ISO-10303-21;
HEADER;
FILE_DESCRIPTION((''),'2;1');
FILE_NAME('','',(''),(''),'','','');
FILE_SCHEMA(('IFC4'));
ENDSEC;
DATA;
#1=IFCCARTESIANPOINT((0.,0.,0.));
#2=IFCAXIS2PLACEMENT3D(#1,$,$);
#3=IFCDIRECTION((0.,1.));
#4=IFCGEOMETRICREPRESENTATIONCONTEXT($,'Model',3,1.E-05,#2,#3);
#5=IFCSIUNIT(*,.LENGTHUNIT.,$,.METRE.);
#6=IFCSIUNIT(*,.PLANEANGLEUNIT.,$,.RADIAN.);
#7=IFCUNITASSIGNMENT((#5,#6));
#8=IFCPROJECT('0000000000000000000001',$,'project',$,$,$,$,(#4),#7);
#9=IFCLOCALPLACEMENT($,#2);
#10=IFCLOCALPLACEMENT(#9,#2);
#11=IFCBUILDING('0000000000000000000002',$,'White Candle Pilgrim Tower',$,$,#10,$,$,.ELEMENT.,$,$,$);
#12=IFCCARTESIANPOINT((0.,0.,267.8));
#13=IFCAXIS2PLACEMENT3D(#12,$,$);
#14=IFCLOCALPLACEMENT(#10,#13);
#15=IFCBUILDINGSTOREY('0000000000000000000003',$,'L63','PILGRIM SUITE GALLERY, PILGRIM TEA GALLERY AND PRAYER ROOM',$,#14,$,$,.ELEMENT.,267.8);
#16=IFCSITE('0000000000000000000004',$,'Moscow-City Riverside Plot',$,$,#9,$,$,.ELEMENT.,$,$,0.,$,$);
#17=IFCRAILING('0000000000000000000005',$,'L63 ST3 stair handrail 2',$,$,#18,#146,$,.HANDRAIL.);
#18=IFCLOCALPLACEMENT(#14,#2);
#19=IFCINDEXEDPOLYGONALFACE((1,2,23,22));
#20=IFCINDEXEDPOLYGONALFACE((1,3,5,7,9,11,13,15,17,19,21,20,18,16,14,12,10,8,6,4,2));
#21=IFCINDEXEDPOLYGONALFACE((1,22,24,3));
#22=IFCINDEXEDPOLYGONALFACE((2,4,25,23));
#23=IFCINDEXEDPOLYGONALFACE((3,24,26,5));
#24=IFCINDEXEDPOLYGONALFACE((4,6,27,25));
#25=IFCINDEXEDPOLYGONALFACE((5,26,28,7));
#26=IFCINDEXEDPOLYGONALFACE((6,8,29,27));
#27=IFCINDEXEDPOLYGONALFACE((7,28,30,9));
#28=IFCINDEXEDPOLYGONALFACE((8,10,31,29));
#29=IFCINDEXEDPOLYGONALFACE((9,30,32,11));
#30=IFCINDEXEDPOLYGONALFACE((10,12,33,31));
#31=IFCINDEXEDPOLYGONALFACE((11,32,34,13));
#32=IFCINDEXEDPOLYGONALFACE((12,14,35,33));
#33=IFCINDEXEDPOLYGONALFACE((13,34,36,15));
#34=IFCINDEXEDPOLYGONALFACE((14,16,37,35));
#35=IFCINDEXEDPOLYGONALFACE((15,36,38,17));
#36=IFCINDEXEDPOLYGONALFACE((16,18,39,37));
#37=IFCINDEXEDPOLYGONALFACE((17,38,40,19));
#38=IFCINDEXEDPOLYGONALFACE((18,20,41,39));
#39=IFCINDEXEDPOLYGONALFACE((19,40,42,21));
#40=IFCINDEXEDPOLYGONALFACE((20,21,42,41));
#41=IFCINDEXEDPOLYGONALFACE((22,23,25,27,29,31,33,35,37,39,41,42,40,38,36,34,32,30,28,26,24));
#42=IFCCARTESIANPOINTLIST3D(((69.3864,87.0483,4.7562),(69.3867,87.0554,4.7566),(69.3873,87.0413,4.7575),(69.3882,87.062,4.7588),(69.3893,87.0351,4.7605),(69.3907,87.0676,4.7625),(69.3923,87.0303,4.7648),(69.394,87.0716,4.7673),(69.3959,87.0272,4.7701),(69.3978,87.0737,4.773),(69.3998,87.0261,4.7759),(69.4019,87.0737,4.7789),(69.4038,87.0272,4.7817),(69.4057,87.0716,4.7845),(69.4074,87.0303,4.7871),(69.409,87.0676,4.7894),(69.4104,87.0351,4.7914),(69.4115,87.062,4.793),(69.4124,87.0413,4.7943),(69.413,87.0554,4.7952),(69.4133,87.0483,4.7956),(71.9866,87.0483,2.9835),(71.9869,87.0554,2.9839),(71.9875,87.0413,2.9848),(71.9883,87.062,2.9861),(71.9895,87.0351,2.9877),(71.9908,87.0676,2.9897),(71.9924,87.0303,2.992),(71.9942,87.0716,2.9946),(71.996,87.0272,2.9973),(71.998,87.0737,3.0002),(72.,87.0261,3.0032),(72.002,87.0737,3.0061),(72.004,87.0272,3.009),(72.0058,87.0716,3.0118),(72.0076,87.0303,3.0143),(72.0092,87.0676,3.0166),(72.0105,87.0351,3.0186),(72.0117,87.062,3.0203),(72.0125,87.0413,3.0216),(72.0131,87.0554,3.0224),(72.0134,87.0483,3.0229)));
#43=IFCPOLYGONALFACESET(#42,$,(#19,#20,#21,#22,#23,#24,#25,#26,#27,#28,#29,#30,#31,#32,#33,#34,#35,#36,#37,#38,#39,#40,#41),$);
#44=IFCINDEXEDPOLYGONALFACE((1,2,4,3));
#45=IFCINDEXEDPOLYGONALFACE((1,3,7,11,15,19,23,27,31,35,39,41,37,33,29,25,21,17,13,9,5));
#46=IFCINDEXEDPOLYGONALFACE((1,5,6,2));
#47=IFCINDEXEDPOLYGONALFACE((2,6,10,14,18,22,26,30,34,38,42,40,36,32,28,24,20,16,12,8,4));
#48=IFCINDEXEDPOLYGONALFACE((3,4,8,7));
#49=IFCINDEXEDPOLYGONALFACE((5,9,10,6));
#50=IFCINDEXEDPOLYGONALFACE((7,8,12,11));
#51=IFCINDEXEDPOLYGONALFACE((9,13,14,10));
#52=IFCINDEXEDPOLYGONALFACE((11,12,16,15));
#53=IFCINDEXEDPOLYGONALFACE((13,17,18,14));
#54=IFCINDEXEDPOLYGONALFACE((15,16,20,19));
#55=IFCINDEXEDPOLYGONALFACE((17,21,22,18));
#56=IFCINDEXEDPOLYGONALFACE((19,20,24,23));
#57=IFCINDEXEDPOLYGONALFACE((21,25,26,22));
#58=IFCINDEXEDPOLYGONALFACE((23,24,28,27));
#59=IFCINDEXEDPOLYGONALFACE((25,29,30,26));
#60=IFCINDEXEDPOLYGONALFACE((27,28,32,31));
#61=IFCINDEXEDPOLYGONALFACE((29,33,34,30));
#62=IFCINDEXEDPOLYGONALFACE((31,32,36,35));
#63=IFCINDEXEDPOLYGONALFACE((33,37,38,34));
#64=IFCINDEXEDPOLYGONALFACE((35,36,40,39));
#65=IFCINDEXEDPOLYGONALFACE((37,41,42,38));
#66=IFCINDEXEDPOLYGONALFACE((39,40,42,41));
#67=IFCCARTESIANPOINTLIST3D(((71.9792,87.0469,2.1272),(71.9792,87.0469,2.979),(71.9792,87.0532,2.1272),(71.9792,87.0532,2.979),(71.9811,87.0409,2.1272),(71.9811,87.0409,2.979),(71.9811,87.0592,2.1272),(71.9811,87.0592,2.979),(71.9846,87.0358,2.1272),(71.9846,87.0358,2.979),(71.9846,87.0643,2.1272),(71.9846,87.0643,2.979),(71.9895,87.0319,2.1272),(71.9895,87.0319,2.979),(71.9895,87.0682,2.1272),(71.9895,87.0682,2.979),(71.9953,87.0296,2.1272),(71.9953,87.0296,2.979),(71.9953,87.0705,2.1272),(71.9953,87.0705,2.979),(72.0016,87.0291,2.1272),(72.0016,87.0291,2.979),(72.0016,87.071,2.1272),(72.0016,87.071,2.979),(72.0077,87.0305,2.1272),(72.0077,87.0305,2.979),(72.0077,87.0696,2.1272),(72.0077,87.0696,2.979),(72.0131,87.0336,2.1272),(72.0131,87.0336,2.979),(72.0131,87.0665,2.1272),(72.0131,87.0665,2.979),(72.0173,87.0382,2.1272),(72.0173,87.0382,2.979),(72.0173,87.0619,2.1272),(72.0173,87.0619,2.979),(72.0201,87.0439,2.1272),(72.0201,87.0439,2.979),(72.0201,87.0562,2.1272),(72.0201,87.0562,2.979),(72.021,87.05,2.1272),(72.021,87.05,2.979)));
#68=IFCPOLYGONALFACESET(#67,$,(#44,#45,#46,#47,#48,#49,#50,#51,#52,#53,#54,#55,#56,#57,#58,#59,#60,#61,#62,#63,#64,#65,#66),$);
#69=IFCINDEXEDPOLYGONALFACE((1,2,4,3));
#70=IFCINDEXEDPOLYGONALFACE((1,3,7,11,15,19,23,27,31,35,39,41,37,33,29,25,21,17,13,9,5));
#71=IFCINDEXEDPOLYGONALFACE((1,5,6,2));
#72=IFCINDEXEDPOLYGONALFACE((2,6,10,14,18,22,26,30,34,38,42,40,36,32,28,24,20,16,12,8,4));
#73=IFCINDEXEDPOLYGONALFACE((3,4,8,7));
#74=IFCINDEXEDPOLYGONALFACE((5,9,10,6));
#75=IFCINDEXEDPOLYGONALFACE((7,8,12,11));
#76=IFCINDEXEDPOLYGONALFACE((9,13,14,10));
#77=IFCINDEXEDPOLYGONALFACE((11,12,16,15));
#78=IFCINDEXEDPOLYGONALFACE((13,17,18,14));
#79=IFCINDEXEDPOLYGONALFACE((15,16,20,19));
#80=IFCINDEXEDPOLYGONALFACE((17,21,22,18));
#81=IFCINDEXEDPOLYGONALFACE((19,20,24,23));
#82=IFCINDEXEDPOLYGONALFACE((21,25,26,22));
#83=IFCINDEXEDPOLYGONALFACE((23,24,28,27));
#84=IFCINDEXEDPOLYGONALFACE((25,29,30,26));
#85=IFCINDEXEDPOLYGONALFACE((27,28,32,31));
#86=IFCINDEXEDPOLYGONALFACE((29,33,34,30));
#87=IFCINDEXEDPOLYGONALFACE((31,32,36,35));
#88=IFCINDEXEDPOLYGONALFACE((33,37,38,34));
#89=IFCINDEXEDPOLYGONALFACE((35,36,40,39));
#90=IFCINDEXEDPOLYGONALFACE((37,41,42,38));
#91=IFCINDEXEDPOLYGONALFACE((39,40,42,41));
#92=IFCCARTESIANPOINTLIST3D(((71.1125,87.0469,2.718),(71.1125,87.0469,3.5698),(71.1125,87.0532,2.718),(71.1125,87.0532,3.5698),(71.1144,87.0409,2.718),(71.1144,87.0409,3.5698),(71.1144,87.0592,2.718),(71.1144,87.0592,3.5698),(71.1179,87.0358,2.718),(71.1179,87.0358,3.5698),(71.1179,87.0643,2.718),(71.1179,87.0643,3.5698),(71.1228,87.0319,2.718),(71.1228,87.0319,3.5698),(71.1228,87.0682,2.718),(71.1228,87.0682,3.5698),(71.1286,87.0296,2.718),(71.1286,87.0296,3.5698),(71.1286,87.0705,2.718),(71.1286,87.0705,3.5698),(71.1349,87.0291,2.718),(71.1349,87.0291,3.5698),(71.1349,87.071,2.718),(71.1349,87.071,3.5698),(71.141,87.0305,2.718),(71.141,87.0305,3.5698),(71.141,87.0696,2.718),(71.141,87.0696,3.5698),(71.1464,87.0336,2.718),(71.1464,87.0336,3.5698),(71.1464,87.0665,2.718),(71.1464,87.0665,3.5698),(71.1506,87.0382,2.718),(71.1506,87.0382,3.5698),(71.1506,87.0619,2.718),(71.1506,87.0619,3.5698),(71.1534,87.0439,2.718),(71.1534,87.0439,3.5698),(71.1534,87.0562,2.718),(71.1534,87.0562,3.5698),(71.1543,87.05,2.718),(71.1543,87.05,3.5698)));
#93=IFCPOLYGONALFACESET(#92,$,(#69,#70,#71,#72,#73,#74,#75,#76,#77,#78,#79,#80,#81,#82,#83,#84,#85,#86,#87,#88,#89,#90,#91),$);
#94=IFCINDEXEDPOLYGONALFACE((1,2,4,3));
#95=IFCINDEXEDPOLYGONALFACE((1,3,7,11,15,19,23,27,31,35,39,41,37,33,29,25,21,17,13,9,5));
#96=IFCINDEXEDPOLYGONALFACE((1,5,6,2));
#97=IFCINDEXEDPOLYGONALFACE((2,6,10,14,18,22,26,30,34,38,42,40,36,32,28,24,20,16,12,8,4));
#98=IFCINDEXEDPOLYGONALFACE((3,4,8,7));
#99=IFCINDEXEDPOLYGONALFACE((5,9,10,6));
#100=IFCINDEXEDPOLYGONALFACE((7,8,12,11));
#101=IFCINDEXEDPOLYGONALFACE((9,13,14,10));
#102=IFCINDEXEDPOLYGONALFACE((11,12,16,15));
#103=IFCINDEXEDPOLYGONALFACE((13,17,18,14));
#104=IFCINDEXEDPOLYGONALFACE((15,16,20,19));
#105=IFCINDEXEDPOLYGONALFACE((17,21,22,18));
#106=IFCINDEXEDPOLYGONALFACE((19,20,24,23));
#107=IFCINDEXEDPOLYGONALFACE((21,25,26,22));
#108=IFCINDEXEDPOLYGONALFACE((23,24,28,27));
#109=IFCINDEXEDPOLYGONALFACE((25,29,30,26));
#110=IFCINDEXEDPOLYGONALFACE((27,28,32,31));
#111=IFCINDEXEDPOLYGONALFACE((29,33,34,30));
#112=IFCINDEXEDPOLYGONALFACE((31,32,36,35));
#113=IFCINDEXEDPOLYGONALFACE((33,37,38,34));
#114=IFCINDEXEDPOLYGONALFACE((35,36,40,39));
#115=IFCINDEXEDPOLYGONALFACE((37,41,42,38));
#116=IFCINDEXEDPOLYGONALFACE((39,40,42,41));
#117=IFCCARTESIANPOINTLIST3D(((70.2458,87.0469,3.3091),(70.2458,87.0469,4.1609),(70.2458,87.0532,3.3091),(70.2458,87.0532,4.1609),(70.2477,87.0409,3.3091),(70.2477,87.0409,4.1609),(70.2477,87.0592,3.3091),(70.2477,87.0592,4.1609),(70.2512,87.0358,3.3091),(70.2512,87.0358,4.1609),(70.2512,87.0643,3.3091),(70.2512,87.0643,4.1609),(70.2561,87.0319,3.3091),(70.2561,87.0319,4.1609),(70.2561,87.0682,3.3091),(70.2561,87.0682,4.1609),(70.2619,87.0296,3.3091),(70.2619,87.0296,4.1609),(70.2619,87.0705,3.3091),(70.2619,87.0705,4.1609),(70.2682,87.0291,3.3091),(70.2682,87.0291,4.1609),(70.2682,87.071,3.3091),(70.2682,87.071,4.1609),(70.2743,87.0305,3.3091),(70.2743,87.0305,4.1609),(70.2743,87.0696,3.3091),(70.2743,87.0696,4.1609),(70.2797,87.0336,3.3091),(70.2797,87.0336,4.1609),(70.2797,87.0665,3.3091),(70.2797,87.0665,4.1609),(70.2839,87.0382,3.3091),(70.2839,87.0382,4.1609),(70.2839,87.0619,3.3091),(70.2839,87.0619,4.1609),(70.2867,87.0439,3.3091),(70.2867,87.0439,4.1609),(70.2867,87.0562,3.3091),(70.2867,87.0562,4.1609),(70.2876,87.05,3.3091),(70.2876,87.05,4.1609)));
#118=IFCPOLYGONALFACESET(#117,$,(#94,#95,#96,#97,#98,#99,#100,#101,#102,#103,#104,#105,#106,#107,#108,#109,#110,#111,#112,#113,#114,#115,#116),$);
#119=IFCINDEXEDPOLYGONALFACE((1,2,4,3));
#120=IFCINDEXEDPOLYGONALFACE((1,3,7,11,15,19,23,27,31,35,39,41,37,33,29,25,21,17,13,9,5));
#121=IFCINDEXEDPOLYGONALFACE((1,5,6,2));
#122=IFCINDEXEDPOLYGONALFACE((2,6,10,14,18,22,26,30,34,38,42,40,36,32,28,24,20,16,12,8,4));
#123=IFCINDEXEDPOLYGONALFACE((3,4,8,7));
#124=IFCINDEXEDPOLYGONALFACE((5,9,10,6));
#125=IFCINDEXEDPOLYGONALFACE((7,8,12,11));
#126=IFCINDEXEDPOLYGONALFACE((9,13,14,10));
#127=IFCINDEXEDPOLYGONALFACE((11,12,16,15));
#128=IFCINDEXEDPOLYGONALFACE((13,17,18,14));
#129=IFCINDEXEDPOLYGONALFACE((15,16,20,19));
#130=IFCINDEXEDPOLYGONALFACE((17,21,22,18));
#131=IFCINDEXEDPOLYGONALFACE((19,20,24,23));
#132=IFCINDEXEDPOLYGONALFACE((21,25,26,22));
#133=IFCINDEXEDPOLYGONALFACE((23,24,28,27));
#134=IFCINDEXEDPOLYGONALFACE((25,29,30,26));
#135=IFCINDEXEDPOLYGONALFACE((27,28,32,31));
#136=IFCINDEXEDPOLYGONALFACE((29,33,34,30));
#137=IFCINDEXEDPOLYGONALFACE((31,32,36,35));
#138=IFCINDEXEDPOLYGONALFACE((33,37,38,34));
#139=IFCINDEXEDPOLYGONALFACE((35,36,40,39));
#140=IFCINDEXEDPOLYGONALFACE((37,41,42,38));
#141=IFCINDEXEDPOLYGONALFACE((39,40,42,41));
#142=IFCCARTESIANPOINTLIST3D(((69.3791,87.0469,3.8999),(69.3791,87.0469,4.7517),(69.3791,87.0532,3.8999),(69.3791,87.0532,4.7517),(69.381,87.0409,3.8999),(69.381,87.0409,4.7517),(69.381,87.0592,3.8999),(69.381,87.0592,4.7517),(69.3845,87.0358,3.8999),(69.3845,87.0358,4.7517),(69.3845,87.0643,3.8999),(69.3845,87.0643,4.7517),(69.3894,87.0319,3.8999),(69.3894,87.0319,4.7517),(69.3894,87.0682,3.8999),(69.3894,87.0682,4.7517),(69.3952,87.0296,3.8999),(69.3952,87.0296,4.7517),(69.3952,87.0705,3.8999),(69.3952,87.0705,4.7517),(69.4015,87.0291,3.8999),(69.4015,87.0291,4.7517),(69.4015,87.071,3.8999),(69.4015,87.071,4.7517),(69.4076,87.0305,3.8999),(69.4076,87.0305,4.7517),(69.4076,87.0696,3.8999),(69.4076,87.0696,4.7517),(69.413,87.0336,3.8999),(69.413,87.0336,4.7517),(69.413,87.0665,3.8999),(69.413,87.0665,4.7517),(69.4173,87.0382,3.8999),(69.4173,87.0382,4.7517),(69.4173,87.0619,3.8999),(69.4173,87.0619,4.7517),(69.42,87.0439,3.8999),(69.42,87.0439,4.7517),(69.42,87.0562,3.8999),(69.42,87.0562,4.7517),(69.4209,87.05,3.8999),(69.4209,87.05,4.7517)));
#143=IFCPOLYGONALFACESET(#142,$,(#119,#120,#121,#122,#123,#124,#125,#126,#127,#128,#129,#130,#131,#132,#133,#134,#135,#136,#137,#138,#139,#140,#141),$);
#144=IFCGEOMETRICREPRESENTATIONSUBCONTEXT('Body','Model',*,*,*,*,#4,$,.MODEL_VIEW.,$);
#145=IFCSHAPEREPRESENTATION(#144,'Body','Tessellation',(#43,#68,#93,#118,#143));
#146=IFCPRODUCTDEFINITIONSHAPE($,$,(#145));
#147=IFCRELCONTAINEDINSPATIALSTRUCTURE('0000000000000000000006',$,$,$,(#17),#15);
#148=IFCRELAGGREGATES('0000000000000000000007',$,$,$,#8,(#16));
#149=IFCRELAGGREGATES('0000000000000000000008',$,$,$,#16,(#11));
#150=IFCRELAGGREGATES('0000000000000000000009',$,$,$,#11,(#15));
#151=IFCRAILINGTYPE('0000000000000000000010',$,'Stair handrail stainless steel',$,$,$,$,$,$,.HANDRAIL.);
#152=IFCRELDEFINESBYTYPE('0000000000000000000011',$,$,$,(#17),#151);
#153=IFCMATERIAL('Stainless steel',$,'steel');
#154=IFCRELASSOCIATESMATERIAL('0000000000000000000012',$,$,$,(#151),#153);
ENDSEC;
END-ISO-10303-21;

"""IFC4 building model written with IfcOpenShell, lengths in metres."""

from ifc_helpers import new_model, si_unit, direction, frame, origin, origin_2d, place, context, subcontext, project, spatial, circle, extrude, material, type_object, element, save


model = new_model("IFC4")

# Units and contexts
model_context = context("Model", 3, precision=1e-05, world=origin(), true_north=direction((0.0, 1.0)))
body_context = subcontext(model_context, "Body", "Model", "MODEL_VIEW")
ifc_project = project(units=[si_unit("LENGTHUNIT", "METRE"), si_unit("PLANEANGLEUNIT", "RADIAN")], contexts=[model_context])

# Site, building, storey
site_placement = place(None, origin())
site = spatial("IfcSite", under=ifc_project, at=site_placement, Name="Moscow-City Riverside Plot", CompositionType="ELEMENT", RefElevation=0.0)
building_placement = place(site_placement, origin())
building = spatial("IfcBuilding", under=site, at=building_placement, Name="White Candle Pilgrim Tower", CompositionType="ELEMENT")
storey_placement = place(building_placement, frame((0.0, 0.0, 267.8)))
storey = spatial("IfcBuildingStorey", under=building, at=storey_placement, Name="L63", Description="PILGRIM SUITE GALLERY, PILGRIM TEA GALLERY AND PRAYER ROOM", CompositionType="ELEMENT", Elevation=267.8)

# Railing
ifc_material_1 = material(Name="Stainless steel", Category="steel")
railing_type_1 = type_object("IfcRailingType", Name="Stair handrail stainless steel", PredefinedType="HANDRAIL", material=ifc_material_1)
railing_1_placement = place(storey_placement, frame((72.0, 87.05, 2.1272)))
element("IfcRailing", 1, at=railing_1_placement, inside=storey, type_object=railing_type_1, Name="L63 ST3 stair handrail 2", PredefinedType="HANDRAIL", context=body_context, shape_type="SweptSolid", body=[
    extrude(circle(Radius=0.0239, at=origin_2d()), frame((0.0, 0.0, 0.876), z_axis=(-0.82624, 0.0, 0.563318), x_axis=(0.0, -1.0, 0.0)), (0.0, 0.0, 1.0), 3.147),
    extrude(circle(Radius=0.021, at=origin_2d()), origin(), (0.0, 0.0, 1.0), 0.8518),
    extrude(circle(Radius=0.021, at=origin_2d()), frame((-0.8667, 0.0, 0.5908)), (0.0, 0.0, 1.0), 0.8518),
    extrude(circle(Radius=0.021, at=origin_2d()), frame((-1.7334, 0.0, 1.1819)), (0.0, 0.0, 1.0), 0.8518),
    extrude(circle(Radius=0.021, at=origin_2d()), frame((-2.6001, 0.0, 1.7727)), (0.0, 0.0, 1.0), 0.8518),
])

save(model, "model.ifc")
